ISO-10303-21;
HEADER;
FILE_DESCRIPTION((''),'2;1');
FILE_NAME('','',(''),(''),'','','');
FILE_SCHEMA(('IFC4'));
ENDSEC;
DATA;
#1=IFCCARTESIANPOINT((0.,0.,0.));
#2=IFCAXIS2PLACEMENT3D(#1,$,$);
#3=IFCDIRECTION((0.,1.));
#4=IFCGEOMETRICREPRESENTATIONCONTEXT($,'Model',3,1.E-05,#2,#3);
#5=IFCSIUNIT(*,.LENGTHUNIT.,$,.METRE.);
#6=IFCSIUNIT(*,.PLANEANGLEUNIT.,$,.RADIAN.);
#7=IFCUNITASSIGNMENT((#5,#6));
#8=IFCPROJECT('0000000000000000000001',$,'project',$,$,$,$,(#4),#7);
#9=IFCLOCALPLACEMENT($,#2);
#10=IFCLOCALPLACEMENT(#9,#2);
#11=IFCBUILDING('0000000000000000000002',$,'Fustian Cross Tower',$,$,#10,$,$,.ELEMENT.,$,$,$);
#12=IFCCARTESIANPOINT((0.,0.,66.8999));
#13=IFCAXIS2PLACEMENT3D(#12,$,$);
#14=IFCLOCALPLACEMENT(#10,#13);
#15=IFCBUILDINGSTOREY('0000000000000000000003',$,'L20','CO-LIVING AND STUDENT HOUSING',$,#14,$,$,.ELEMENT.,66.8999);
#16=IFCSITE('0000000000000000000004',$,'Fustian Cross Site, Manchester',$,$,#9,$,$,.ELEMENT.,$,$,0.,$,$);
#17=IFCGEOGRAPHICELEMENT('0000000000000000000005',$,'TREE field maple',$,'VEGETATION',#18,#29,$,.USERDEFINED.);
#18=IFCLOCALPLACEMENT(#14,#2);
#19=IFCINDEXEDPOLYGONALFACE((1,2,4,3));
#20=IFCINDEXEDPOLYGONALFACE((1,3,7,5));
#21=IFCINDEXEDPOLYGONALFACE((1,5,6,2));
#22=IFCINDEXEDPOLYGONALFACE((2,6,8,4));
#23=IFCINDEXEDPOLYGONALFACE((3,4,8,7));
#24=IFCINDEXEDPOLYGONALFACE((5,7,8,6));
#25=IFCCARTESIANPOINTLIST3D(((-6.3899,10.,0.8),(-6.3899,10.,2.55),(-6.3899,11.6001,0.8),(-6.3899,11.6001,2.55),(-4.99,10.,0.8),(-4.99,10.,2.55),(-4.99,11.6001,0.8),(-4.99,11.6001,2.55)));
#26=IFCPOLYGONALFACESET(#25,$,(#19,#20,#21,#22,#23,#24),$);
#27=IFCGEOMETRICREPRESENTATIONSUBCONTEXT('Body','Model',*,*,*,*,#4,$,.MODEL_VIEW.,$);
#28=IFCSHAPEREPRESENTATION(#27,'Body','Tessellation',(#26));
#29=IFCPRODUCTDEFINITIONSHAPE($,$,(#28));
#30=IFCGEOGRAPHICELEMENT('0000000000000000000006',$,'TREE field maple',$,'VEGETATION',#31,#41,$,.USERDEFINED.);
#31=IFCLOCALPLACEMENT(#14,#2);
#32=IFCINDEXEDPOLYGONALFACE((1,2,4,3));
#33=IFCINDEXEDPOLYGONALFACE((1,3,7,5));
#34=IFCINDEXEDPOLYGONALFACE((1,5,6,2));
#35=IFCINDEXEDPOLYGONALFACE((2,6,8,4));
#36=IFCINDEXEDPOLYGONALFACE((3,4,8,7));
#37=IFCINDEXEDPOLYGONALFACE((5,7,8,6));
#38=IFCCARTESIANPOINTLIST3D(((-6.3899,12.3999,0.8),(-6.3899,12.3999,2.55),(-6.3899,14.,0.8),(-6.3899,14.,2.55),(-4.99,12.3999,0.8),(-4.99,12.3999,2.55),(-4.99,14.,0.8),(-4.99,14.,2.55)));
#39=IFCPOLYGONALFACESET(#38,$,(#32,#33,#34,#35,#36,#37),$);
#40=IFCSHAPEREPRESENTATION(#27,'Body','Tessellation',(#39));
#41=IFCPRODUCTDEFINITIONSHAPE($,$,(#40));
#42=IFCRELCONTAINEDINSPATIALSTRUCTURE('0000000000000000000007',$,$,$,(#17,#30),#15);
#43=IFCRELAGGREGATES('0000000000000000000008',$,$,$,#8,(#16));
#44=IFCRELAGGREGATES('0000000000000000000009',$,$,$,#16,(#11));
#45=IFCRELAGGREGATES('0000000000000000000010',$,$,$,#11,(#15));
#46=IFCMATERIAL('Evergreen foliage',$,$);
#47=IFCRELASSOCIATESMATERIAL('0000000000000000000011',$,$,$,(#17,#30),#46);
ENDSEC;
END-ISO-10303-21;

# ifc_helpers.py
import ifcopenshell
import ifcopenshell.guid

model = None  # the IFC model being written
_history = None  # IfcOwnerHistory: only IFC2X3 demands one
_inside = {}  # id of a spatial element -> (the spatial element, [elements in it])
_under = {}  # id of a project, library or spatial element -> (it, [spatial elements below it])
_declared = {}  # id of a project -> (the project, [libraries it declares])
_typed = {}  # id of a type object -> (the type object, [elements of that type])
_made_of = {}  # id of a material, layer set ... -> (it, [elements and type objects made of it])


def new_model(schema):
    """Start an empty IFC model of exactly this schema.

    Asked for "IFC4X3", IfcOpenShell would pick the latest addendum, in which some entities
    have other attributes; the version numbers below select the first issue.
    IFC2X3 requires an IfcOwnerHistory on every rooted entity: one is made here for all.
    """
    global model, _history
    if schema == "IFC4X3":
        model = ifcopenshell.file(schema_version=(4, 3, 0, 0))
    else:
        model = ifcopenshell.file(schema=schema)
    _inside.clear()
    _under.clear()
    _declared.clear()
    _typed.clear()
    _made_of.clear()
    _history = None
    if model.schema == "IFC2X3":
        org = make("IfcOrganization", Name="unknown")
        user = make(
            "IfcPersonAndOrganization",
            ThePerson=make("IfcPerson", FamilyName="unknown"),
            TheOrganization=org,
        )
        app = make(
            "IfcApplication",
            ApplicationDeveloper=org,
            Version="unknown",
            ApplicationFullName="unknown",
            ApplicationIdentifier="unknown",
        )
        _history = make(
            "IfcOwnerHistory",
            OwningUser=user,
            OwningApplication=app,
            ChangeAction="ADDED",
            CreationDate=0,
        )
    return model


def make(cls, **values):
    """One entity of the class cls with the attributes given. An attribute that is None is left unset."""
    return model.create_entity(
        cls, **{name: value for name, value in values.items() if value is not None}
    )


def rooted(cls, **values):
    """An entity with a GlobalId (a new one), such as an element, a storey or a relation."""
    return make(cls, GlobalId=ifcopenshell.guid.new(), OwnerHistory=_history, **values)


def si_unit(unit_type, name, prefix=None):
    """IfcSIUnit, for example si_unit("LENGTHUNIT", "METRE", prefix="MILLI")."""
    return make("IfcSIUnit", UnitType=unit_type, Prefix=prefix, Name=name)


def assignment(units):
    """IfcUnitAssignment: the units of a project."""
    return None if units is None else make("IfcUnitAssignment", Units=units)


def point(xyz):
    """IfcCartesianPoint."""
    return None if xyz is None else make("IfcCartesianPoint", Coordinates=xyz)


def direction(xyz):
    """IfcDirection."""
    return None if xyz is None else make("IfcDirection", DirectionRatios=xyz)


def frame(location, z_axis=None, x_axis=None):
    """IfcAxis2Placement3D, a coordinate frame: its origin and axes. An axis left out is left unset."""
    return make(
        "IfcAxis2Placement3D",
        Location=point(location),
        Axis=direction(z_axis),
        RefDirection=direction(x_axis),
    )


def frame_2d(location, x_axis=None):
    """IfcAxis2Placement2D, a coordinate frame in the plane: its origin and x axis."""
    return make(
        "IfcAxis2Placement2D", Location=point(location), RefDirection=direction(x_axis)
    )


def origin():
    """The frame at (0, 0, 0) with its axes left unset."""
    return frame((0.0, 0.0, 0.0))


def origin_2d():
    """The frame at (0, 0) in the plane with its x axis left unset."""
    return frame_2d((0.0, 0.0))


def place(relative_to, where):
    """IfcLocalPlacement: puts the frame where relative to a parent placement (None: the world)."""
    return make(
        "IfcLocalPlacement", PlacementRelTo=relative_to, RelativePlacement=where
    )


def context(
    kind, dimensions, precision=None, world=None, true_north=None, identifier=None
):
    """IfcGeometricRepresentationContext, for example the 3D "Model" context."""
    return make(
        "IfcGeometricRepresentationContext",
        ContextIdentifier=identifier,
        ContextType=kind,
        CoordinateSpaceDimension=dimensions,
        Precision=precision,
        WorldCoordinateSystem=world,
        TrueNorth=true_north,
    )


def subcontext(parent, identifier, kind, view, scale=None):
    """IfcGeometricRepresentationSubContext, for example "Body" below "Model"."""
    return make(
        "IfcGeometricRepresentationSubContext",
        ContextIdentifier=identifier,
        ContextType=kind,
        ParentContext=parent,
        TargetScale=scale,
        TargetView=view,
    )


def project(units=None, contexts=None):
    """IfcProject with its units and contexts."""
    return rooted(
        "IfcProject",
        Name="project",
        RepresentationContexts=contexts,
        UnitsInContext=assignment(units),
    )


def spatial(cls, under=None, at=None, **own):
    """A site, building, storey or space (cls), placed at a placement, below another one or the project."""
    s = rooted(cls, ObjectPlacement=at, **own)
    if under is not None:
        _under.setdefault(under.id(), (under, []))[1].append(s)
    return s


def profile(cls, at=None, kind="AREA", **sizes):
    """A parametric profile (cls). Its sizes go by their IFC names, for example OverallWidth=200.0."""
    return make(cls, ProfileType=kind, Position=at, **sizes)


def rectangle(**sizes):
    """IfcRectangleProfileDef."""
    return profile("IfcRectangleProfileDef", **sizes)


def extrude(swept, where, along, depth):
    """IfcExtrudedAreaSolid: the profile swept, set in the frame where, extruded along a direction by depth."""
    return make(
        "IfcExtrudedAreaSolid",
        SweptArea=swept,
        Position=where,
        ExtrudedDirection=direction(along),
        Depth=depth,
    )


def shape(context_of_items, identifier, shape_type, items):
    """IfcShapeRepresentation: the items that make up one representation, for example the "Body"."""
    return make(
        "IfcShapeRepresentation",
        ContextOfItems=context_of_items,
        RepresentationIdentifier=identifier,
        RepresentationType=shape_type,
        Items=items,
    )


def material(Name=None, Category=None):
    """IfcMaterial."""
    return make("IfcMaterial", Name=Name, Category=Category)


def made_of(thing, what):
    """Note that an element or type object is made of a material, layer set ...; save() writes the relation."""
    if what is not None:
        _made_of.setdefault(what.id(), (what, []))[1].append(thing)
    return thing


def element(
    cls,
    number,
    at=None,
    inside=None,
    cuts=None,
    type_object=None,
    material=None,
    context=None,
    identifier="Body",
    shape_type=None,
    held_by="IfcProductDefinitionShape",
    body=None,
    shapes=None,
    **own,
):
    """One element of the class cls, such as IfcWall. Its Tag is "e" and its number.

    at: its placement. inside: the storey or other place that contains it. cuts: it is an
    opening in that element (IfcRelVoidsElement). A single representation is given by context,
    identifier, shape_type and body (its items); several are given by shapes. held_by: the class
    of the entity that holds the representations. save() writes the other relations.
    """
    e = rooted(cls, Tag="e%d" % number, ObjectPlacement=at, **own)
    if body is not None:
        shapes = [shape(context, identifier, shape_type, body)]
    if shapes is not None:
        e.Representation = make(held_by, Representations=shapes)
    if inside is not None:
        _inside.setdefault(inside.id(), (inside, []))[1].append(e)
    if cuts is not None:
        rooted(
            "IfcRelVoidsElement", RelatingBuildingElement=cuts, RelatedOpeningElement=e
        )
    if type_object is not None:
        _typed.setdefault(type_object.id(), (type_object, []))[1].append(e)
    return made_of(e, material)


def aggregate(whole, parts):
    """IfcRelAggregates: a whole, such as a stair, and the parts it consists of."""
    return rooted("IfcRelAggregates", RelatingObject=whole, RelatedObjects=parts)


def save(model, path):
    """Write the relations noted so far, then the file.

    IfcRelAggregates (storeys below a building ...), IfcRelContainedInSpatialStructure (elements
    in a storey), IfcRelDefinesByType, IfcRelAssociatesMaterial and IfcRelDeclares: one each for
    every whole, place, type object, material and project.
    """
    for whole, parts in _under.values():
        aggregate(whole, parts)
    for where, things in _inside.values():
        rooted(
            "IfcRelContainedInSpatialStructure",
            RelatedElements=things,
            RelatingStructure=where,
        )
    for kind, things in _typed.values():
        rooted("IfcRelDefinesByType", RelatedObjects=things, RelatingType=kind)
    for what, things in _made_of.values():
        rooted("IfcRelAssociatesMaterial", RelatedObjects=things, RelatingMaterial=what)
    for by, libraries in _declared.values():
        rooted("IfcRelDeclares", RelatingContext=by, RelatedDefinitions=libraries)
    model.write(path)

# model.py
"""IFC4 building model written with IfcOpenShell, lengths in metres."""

from ifc_helpers import new_model, si_unit, direction, frame, origin, origin_2d, place, context, subcontext, project, spatial, rectangle, extrude, material, element, save


model = new_model("IFC4")

# Units and contexts
model_context = context("Model", 3, precision=1e-05, world=origin(), true_north=direction((0.0, 1.0)))
body_context = subcontext(model_context, "Body", "Model", "MODEL_VIEW")
ifc_project = project(units=[si_unit("LENGTHUNIT", "METRE"), si_unit("PLANEANGLEUNIT", "RADIAN")], contexts=[model_context])

# Site, building, storey
site_placement = place(None, origin())
site = spatial("IfcSite", under=ifc_project, at=site_placement, Name="Fustian Cross Site, Manchester", CompositionType="ELEMENT", RefElevation=0.0)
building_placement = place(site_placement, origin())
building = spatial("IfcBuilding", under=site, at=building_placement, Name="Fustian Cross Tower", CompositionType="ELEMENT")
storey_placement = place(building_placement, frame((0.0, 0.0, 66.8999)))
storey = spatial("IfcBuildingStorey", under=building, at=storey_placement, Name="L20", Description="CO-LIVING AND STUDENT HOUSING", CompositionType="ELEMENT", Elevation=66.8999)

# Geographic elements
ifc_material_1 = material(Name="Evergreen foliage")
for number, where, z_axis, x_axis, name in (
    (1, (-5.6899, 10.8, 0.8), (0.0, 0.0, 1.0), (1.0, 0.0, 0.0), "TREE field maple"),
    (2, (-5.6899, 13.2, 0.8), (0.0, 0.0, 1.0), (1.0, 0.0, 0.0), "TREE field maple"),
):
    element("IfcGeographicElement", number, at=place(storey_placement, frame(where, z_axis=z_axis, x_axis=x_axis)), inside=storey, material=ifc_material_1, Name=name, ObjectType="VEGETATION", PredefinedType="USERDEFINED", context=body_context, shape_type="SweptSolid", body=[
        extrude(rectangle(XDim=1.3999, YDim=1.6001, at=origin_2d()), origin(), (0.0, 0.0, 1.0), 1.75),
    ])

save(model, "model.ifc")
